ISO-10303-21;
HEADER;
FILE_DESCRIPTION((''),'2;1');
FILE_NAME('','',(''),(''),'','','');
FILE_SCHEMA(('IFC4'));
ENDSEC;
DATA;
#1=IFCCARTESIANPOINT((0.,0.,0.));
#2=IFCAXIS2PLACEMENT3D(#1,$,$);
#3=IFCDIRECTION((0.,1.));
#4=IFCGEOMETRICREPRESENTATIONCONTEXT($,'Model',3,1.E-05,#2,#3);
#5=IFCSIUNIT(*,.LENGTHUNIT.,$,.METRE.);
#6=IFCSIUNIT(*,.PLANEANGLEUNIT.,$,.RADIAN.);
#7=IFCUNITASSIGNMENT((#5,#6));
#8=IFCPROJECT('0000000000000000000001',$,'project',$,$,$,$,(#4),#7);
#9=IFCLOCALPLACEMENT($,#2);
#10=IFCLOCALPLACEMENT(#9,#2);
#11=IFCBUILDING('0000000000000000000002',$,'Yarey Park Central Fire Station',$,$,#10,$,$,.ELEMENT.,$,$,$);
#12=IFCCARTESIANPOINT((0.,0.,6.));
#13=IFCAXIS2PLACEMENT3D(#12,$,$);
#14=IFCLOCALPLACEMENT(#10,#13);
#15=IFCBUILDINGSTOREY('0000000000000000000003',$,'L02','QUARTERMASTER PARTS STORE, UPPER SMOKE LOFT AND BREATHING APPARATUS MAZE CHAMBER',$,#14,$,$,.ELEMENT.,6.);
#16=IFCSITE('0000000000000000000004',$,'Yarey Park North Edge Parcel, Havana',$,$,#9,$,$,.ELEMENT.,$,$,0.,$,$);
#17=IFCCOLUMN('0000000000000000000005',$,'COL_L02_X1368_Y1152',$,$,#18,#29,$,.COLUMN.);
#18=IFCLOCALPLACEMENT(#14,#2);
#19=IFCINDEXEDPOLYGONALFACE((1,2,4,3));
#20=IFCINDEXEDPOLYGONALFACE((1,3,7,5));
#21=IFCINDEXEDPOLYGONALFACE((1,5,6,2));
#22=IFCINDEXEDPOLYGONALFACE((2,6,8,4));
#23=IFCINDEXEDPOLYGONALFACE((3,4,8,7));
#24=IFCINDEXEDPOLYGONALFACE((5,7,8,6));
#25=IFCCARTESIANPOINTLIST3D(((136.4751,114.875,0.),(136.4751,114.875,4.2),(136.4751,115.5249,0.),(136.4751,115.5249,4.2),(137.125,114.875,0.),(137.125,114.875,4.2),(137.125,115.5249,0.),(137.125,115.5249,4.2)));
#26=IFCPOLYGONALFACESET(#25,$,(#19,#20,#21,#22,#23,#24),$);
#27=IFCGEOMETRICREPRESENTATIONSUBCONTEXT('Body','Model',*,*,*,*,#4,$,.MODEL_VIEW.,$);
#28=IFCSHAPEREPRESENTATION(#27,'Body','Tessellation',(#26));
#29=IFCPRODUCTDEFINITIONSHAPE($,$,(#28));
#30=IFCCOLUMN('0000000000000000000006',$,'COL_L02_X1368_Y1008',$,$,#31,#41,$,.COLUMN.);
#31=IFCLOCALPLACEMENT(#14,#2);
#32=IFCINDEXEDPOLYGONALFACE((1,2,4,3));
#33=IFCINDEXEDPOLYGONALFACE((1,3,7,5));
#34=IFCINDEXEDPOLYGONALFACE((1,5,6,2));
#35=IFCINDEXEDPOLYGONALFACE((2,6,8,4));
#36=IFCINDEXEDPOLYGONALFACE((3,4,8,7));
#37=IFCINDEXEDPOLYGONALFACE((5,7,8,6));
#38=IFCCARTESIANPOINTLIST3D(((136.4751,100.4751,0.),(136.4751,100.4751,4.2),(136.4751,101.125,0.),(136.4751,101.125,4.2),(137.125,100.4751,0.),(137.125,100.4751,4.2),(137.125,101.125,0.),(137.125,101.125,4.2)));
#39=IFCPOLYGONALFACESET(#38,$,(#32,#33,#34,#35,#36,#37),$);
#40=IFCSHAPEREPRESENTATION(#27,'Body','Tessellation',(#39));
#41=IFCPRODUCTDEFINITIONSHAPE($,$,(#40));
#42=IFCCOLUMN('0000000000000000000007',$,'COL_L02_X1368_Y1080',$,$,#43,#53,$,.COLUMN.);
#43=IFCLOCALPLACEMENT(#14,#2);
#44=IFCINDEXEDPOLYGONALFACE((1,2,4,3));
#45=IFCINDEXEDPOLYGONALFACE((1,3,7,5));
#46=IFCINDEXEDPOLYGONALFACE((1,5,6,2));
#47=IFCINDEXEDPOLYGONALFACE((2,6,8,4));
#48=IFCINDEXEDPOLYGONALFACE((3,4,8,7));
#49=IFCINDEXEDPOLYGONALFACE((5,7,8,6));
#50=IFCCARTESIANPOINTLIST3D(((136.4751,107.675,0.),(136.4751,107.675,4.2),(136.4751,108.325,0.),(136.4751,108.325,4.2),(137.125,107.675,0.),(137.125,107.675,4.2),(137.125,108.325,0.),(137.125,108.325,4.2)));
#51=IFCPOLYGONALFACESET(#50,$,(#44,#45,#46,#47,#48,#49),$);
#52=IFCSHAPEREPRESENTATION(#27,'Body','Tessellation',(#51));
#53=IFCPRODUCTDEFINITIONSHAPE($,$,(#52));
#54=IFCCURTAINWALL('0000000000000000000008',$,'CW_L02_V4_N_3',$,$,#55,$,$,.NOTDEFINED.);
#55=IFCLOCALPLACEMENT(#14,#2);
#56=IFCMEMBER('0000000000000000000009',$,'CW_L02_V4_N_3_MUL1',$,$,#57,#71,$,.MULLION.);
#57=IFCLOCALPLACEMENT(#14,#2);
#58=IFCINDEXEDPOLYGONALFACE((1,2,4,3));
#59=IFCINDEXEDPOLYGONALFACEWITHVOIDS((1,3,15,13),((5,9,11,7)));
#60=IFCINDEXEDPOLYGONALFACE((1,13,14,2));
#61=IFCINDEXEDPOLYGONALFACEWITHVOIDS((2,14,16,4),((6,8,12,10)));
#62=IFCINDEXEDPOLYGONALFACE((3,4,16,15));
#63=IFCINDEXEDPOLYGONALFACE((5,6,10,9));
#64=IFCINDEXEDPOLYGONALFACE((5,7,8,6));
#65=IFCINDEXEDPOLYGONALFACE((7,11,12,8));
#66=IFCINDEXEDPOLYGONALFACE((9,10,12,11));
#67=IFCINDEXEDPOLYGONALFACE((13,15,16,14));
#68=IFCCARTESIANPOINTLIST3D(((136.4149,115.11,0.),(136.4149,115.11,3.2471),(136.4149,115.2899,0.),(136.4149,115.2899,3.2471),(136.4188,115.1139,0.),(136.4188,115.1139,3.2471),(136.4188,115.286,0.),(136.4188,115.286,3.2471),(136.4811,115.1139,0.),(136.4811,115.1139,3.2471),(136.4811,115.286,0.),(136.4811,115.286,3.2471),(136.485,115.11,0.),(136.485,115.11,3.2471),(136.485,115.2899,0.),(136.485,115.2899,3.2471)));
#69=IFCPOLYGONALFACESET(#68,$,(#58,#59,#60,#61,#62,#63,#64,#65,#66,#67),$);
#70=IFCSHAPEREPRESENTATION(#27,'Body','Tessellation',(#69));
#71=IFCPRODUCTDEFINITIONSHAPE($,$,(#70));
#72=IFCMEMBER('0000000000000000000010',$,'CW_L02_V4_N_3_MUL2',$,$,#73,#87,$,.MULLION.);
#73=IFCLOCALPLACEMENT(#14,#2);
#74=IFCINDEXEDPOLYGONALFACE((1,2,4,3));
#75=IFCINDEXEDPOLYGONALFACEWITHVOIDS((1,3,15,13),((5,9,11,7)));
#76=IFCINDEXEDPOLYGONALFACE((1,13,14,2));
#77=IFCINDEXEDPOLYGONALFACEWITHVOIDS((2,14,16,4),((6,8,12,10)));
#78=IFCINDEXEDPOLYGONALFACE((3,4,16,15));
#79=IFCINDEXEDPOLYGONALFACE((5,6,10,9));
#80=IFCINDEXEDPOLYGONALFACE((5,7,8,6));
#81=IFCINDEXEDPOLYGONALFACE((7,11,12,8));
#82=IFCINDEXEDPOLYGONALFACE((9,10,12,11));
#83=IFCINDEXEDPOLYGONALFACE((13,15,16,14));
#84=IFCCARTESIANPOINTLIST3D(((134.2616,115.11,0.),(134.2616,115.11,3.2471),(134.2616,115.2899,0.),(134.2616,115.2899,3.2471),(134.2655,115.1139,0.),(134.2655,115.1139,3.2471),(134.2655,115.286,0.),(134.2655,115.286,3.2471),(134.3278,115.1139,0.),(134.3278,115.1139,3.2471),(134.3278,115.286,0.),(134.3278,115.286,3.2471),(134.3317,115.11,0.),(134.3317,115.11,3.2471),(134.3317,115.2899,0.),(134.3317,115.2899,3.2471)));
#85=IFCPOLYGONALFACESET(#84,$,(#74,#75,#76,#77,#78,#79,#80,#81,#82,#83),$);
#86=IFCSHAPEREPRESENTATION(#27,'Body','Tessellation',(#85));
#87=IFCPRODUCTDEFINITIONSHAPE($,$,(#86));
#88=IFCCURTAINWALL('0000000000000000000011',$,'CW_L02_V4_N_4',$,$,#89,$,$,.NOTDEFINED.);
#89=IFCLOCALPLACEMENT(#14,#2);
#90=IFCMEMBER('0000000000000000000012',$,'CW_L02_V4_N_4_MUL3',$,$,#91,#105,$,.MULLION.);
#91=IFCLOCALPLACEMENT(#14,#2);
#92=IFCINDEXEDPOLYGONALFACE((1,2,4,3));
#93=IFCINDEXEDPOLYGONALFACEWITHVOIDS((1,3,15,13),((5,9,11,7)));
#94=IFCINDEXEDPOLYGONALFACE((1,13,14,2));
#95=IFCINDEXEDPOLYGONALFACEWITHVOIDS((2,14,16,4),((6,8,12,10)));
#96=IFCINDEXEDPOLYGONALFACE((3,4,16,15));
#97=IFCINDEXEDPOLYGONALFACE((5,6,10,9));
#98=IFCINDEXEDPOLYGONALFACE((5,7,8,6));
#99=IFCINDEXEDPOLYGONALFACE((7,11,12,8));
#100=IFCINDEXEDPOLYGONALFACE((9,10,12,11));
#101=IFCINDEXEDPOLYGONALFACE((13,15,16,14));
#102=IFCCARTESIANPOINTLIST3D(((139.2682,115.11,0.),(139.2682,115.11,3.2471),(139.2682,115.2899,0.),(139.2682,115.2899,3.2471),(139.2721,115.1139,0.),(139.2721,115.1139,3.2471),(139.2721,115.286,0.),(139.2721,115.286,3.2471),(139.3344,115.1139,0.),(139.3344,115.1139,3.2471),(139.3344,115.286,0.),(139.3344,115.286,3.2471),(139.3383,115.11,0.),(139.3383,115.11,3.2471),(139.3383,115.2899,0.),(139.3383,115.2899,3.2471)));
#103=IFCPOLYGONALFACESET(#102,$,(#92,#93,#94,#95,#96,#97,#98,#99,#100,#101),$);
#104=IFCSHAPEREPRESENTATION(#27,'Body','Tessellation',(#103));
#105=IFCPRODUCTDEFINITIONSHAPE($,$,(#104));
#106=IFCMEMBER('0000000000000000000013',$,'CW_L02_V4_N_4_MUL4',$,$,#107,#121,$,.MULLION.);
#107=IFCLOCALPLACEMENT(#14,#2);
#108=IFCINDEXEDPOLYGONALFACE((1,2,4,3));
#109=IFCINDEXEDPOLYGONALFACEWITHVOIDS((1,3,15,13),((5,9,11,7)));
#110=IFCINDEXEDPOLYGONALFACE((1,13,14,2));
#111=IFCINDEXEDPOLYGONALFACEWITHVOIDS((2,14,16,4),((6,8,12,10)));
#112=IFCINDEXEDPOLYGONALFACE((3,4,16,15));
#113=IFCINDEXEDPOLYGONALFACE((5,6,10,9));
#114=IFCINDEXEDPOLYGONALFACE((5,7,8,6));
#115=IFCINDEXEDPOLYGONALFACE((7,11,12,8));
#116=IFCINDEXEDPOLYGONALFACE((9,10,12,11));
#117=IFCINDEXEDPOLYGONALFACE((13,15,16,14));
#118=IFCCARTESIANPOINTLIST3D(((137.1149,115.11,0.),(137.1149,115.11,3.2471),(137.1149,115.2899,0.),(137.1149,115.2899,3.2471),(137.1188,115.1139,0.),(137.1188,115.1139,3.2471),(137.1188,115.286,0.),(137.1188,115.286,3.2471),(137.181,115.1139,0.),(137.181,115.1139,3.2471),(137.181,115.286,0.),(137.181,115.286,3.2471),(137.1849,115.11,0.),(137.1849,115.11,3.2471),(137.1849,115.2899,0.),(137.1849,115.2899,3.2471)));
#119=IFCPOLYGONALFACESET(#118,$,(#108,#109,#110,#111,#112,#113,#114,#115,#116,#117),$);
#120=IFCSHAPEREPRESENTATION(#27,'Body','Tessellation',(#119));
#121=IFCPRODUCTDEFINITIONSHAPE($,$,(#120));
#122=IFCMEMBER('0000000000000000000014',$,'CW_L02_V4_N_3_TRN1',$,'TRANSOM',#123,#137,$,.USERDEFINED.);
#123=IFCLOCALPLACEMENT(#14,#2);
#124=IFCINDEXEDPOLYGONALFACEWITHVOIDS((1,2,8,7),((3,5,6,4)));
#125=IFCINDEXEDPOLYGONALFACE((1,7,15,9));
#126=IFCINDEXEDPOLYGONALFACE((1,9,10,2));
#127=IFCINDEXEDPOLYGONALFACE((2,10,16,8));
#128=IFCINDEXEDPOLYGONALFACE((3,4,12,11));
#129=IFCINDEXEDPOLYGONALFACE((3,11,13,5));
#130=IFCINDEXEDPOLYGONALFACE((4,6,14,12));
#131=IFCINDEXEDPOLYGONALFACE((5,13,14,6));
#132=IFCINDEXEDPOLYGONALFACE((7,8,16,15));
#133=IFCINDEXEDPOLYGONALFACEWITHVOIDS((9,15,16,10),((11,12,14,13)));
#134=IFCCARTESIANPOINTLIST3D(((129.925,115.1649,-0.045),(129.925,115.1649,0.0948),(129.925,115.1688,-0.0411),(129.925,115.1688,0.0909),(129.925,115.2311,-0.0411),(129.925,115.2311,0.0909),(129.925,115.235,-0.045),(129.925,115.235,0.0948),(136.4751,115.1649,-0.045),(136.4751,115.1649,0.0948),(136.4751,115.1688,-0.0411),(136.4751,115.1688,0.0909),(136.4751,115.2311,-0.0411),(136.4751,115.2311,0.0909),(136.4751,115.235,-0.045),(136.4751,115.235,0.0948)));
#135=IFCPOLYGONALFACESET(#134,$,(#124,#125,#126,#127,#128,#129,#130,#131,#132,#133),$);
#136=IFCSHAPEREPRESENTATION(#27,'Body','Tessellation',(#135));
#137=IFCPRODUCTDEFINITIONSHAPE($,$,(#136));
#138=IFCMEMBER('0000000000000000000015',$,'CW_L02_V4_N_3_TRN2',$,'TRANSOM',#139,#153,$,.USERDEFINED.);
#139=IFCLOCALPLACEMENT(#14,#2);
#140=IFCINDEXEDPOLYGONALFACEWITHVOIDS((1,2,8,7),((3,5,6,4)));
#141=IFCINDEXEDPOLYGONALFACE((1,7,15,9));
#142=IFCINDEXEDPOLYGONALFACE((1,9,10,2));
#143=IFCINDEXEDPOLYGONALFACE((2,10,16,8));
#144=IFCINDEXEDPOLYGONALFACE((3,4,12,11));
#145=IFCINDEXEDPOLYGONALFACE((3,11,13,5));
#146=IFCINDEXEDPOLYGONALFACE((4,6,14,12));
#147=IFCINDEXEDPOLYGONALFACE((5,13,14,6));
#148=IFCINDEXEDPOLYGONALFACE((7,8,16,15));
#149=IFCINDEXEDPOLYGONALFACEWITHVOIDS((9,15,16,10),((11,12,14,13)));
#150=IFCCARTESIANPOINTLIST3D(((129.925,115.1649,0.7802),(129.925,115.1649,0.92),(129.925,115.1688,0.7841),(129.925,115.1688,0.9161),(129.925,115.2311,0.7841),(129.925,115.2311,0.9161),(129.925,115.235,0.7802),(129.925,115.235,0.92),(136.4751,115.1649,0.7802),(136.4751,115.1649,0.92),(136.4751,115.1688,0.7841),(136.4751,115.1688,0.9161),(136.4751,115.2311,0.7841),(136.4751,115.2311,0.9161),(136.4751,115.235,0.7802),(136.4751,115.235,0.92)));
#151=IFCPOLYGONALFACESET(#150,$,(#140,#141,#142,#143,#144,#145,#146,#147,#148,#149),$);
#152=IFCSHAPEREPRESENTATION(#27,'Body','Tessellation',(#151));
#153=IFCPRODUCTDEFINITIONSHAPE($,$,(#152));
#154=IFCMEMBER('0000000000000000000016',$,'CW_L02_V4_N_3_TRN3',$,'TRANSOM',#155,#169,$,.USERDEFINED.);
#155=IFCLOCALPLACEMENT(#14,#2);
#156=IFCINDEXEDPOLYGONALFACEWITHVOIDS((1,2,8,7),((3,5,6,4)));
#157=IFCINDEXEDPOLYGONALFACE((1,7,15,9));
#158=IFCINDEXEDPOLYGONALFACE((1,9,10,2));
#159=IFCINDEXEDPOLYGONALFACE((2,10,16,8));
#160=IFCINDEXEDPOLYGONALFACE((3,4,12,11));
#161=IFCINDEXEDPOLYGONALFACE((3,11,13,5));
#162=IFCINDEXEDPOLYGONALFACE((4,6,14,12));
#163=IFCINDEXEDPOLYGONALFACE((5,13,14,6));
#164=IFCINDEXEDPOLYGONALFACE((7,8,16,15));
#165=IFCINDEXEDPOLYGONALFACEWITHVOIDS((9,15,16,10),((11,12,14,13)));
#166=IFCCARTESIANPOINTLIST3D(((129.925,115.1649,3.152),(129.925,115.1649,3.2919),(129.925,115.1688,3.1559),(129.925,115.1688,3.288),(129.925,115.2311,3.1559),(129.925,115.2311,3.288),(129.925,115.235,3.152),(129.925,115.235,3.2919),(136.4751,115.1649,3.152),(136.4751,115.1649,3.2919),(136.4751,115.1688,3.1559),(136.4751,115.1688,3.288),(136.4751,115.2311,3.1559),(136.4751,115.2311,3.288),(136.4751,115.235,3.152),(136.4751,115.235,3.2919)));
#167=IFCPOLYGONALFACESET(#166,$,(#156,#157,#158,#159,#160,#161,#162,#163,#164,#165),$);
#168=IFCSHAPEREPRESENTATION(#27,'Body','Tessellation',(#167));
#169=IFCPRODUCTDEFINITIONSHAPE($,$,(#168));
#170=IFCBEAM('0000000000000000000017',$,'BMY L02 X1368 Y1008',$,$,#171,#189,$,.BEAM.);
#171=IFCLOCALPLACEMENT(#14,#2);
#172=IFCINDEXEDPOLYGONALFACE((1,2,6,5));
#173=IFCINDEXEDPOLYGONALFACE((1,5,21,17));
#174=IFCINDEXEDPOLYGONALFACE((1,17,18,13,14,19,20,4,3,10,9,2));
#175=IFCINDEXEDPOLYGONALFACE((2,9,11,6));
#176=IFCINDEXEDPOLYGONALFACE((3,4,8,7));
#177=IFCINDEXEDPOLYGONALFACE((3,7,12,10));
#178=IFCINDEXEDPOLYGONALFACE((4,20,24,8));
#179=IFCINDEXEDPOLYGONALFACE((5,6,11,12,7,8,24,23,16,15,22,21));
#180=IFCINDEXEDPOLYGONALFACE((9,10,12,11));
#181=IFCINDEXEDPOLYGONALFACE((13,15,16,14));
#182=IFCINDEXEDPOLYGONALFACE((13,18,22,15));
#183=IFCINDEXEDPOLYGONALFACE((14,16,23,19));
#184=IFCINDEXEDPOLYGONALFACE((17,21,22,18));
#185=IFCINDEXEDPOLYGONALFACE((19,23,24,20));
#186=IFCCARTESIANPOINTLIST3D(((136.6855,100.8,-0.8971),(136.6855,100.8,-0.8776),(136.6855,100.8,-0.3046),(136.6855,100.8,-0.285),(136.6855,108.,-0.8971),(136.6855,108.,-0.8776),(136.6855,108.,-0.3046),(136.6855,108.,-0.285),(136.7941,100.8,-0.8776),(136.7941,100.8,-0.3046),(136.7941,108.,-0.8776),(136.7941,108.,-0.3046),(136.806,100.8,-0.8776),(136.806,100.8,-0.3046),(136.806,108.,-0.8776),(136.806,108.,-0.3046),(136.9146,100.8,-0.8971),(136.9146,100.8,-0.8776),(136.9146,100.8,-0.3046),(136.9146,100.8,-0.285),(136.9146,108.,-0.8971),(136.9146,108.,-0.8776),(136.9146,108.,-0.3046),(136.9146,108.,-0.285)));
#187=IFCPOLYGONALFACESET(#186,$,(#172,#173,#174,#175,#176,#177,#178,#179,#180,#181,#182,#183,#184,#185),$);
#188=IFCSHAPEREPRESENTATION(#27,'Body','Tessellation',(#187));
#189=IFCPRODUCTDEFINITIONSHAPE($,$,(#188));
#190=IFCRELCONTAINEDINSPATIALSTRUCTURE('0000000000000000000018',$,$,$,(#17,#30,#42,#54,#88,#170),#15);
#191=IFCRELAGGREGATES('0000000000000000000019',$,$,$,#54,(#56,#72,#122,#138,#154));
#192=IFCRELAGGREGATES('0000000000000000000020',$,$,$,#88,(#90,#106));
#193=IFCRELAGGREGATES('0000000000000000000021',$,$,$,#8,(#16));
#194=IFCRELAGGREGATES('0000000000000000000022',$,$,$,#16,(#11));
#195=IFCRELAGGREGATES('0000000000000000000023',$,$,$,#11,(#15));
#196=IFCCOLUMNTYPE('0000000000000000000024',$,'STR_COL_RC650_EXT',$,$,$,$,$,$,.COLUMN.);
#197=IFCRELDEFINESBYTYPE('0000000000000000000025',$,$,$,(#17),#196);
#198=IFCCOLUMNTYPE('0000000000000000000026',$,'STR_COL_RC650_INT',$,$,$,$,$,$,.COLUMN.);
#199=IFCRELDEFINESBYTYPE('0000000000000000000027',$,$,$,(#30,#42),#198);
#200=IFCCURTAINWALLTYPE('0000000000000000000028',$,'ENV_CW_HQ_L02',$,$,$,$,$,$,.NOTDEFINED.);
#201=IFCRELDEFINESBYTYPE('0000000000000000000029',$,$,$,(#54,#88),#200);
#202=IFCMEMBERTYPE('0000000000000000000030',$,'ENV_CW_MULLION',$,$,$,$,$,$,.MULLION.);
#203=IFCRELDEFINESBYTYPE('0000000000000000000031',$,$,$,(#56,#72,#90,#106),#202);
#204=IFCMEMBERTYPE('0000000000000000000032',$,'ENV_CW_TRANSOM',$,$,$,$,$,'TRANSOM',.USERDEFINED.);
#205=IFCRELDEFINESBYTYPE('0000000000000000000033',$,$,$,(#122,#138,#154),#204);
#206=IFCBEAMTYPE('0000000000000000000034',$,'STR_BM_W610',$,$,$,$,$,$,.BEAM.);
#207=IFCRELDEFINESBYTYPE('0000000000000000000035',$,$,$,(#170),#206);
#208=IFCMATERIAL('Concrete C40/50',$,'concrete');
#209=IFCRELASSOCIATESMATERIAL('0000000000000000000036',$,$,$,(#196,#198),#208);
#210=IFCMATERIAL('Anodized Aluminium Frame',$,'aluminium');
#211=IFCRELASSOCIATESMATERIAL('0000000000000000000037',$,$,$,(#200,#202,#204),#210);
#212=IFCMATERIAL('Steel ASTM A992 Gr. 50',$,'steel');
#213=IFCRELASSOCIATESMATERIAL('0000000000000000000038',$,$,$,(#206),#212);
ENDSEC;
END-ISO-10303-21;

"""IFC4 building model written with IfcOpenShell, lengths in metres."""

from ifc_helpers import new_model, si_unit, direction, frame, origin, origin_2d, place, context, subcontext, project, spatial, rectangle, hollow_rectangle, i_section, extrude, material, material_profile, profile_set, type_object, element, aggregate, save


model = new_model("IFC4")

# Units and contexts
model_context = context("Model", 3, precision=1e-05, world=origin(), true_north=direction((0.0, 1.0)))
body_context = subcontext(model_context, "Body", "Model", "MODEL_VIEW")
ifc_project = project(units=[si_unit("LENGTHUNIT", "METRE"), si_unit("PLANEANGLEUNIT", "RADIAN")], contexts=[model_context])

# Site, building, storey
site_placement = place(None, origin())
site = spatial("IfcSite", under=ifc_project, at=site_placement, Name="Yarey Park North Edge Parcel, Havana", CompositionType="ELEMENT", RefElevation=0.0)
building_placement = place(site_placement, origin())
building = spatial("IfcBuilding", under=site, at=building_placement, Name="Yarey Park Central Fire Station", CompositionType="ELEMENT")
storey_placement = place(building_placement, frame((0.0, 0.0, 6.0)))
storey = spatial("IfcBuildingStorey", under=building, at=storey_placement, Name="L02", Description="QUARTERMASTER PARTS STORE, UPPER SMOKE LOFT AND BREATHING APPARATUS MAZE CHAMBER", CompositionType="ELEMENT", Elevation=6.0)

# Columns
ifc_material_1 = material(Name="Concrete C40/50", Category="concrete")
ifc_material_profile_1 = material_profile(ifc_material_1, rectangle(XDim=0.6499, YDim=0.6499, at=origin_2d()), Name="RC 650x650")
ifc_profile_set_1 = profile_set([ifc_material_profile_1], Name="Concrete C40/50")
column_type_1 = type_object("IfcColumnType", Name="STR_COL_RC650_EXT", PredefinedType="COLUMN", material=ifc_profile_set_1)
column_placement = place(storey_placement, frame((136.8, 115.2, 0.0), z_axis=(0.0, 0.0, 1.0), x_axis=(1.0, 0.0, 0.0)))
element("IfcColumn", 1, at=column_placement, inside=storey, type_object=column_type_1, Name="COL_L02_X1368_Y1152", PredefinedType="COLUMN", context=body_context, shape_type="SweptSolid", body=[
    extrude(rectangle(XDim=0.6499, YDim=0.6499, at=origin_2d()), origin(), (0.0, 0.0, 1.0), 4.2),
])
ifc_material_profile_2 = material_profile(ifc_material_1, rectangle(XDim=0.6499, YDim=0.6499, at=origin_2d()), Name="RC 650x650")
ifc_profile_set_2 = profile_set([ifc_material_profile_2], Name="Concrete C40/50")
column_type_2 = type_object("IfcColumnType", Name="STR_COL_RC650_INT", PredefinedType="COLUMN", material=ifc_profile_set_2)
for number, where, z_axis, x_axis, name in (
    (2, (136.8, 100.8, 0.0), (0.0, 0.0, 1.0), (1.0, 0.0, 0.0), "COL_L02_X1368_Y1008"),
    (3, (136.8, 108.0, 0.0), (0.0, 0.0, 1.0), (1.0, 0.0, 0.0), "COL_L02_X1368_Y1080"),
):
    element("IfcColumn", number, at=place(storey_placement, frame(where, z_axis=z_axis, x_axis=x_axis)), inside=storey, type_object=column_type_2, Name=name, PredefinedType="COLUMN", context=body_context, shape_type="SweptSolid", body=[
        extrude(rectangle(XDim=0.6499, YDim=0.6499, at=origin_2d()), origin(), (0.0, 0.0, 1.0), 4.2),
    ])

# Curtain walls, members
ifc_material_2 = material(Name="Anodized Aluminium Frame", Category="aluminium")
curtain_wall_type = type_object("IfcCurtainWallType", Name="ENV_CW_HQ_L02", PredefinedType="NOTDEFINED", material=ifc_material_2)
curtain_wall_1_placement = place(storey_placement, origin())
curtain_wall_1 = element("IfcCurtainWall", 4, at=curtain_wall_1_placement, inside=storey, type_object=curtain_wall_type, Name="CW_L02_V4_N_3", PredefinedType="NOTDEFINED")
ifc_material_profile_3 = material_profile(ifc_material_2, hollow_rectangle(XDim=0.0701, YDim=0.1799, WallThickness=0.0039, at=origin_2d()), Name="ALU 180x70x4")
ifc_profile_set_3 = profile_set([ifc_material_profile_3], Name="Anodized Aluminium Frame")
member_type_1 = type_object("IfcMemberType", Name="ENV_CW_MULLION", PredefinedType="MULLION", material=ifc_profile_set_3)
member_1_placement = place(storey_placement, frame((136.45, 115.2, 0.0), z_axis=(0.0, 0.0, 1.0), x_axis=(1.0, 0.0, 0.0)))
member_1 = element("IfcMember", 5, at=member_1_placement, type_object=member_type_1, Name="CW_L02_V4_N_3_MUL1", PredefinedType="MULLION", context=body_context, shape_type="SweptSolid", body=[
    extrude(hollow_rectangle(XDim=0.0701, YDim=0.1799, WallThickness=0.0039, at=origin_2d()), origin(), (0.0, 0.0, 1.0), 3.2471),
])
member_2_placement = place(storey_placement, frame((134.2966, 115.2, 0.0), z_axis=(0.0, 0.0, 1.0), x_axis=(1.0, 0.0, 0.0)))
member_2 = element("IfcMember", 6, at=member_2_placement, type_object=member_type_1, Name="CW_L02_V4_N_3_MUL2", PredefinedType="MULLION", context=body_context, shape_type="SweptSolid", body=[
    extrude(hollow_rectangle(XDim=0.0701, YDim=0.1799, WallThickness=0.0039, at=origin_2d()), origin(), (0.0, 0.0, 1.0), 3.2471),
])
curtain_wall_2_placement = place(storey_placement, origin())
curtain_wall_2 = element("IfcCurtainWall", 7, at=curtain_wall_2_placement, inside=storey, type_object=curtain_wall_type, Name="CW_L02_V4_N_4", PredefinedType="NOTDEFINED")
member_3_placement = place(storey_placement, frame((139.3032, 115.2, 0.0), z_axis=(0.0, 0.0, 1.0), x_axis=(1.0, 0.0, 0.0)))
member_3 = element("IfcMember", 8, at=member_3_placement, type_object=member_type_1, Name="CW_L02_V4_N_4_MUL3", PredefinedType="MULLION", context=body_context, shape_type="SweptSolid", body=[
    extrude(hollow_rectangle(XDim=0.0701, YDim=0.1799, WallThickness=0.0039, at=origin_2d()), origin(), (0.0, 0.0, 1.0), 3.2471),
])
member_4_placement = place(storey_placement, frame((137.1499, 115.2, 0.0), z_axis=(0.0, 0.0, 1.0), x_axis=(1.0, 0.0, 0.0)))
member_4 = element("IfcMember", 9, at=member_4_placement, type_object=member_type_1, Name="CW_L02_V4_N_4_MUL4", PredefinedType="MULLION", context=body_context, shape_type="SweptSolid", body=[
    extrude(hollow_rectangle(XDim=0.0701, YDim=0.1799, WallThickness=0.0039, at=origin_2d()), origin(), (0.0, 0.0, 1.0), 3.2471),
])

# Members
ifc_material_profile_4 = material_profile(ifc_material_2, hollow_rectangle(XDim=0.0701, YDim=0.1399, WallThickness=0.0039, at=origin_2d()), Name="ALU 140x70x4")
ifc_profile_set_4 = profile_set([ifc_material_profile_4], Name="Anodized Aluminium Frame")
member_type_2 = type_object("IfcMemberType", Name="ENV_CW_TRANSOM", ElementType="TRANSOM", PredefinedType="USERDEFINED", material=ifc_profile_set_4)
member_5_placement = place(storey_placement, frame((136.4751, 115.2, 0.0249), z_axis=(-1.0, 0.0, 0.0), x_axis=(0.0, -1.0, 0.0)))
member_5 = element("IfcMember", 10, at=member_5_placement, type_object=member_type_2, Name="CW_L02_V4_N_3_TRN1", ObjectType="TRANSOM", PredefinedType="USERDEFINED", context=body_context, shape_type="SweptSolid", body=[
    extrude(hollow_rectangle(XDim=0.0701, YDim=0.1399, WallThickness=0.0039, at=origin_2d()), origin(), (0.0, 0.0, 1.0), 6.55),
])
member_6_placement = place(storey_placement, frame((136.4751, 115.2, 0.8501), z_axis=(-1.0, 0.0, 0.0), x_axis=(0.0, -1.0, 0.0)))
member_6 = element("IfcMember", 11, at=member_6_placement, type_object=member_type_2, Name="CW_L02_V4_N_3_TRN2", ObjectType="TRANSOM", PredefinedType="USERDEFINED", context=body_context, shape_type="SweptSolid", body=[
    extrude(hollow_rectangle(XDim=0.0701, YDim=0.1399, WallThickness=0.0039, at=origin_2d()), origin(), (0.0, 0.0, 1.0), 6.55),
])
member_7_placement = place(storey_placement, frame((136.4751, 115.2, 3.2219), z_axis=(-1.0, 0.0, 0.0), x_axis=(0.0, -1.0, 0.0)))
member_7 = element("IfcMember", 12, at=member_7_placement, type_object=member_type_2, Name="CW_L02_V4_N_3_TRN3", ObjectType="TRANSOM", PredefinedType="USERDEFINED", context=body_context, shape_type="SweptSolid", body=[
    extrude(hollow_rectangle(XDim=0.0701, YDim=0.1399, WallThickness=0.0039, at=origin_2d()), origin(), (0.0, 0.0, 1.0), 6.55),
])

# Beam
ifc_material_3 = material(Name="Steel ASTM A992 Gr. 50", Category="steel")
ifc_material_profile_5 = material_profile(ifc_material_3, i_section(OverallWidth=0.229, OverallDepth=0.6121, WebThickness=0.012, FlangeThickness=0.0195, at=origin_2d()), Name="W610x125")
ifc_profile_set_5 = profile_set([ifc_material_profile_5], Name="Steel ASTM A992 Gr. 50")
beam_type_1 = type_object("IfcBeamType", Name="STR_BM_W610", PredefinedType="BEAM", material=ifc_profile_set_5)
for number, where, z_axis, x_axis, name in (
    (13, (136.8, 100.8, -0.5911), (0.0, 1.0, 0.0), (-1.0, 0.0, 0.0), "BMY L02 X1368 Y1008"),
):
    element("IfcBeam", number, at=place(storey_placement, frame(where, z_axis=z_axis, x_axis=x_axis)), inside=storey, type_object=beam_type_1, Name=name, PredefinedType="BEAM", context=body_context, shape_type="SweptSolid", body=[
        extrude(i_section(OverallWidth=0.229, OverallDepth=0.6121, WebThickness=0.012, FlangeThickness=0.0195, at=origin_2d()), origin(), (0.0, 0.0, 1.0), 7.2),
    ])

aggregate(curtain_wall_1, [member_1, member_2, member_5, member_6, member_7])
aggregate(curtain_wall_2, [member_3, member_4])

save(model, "model.ifc")
